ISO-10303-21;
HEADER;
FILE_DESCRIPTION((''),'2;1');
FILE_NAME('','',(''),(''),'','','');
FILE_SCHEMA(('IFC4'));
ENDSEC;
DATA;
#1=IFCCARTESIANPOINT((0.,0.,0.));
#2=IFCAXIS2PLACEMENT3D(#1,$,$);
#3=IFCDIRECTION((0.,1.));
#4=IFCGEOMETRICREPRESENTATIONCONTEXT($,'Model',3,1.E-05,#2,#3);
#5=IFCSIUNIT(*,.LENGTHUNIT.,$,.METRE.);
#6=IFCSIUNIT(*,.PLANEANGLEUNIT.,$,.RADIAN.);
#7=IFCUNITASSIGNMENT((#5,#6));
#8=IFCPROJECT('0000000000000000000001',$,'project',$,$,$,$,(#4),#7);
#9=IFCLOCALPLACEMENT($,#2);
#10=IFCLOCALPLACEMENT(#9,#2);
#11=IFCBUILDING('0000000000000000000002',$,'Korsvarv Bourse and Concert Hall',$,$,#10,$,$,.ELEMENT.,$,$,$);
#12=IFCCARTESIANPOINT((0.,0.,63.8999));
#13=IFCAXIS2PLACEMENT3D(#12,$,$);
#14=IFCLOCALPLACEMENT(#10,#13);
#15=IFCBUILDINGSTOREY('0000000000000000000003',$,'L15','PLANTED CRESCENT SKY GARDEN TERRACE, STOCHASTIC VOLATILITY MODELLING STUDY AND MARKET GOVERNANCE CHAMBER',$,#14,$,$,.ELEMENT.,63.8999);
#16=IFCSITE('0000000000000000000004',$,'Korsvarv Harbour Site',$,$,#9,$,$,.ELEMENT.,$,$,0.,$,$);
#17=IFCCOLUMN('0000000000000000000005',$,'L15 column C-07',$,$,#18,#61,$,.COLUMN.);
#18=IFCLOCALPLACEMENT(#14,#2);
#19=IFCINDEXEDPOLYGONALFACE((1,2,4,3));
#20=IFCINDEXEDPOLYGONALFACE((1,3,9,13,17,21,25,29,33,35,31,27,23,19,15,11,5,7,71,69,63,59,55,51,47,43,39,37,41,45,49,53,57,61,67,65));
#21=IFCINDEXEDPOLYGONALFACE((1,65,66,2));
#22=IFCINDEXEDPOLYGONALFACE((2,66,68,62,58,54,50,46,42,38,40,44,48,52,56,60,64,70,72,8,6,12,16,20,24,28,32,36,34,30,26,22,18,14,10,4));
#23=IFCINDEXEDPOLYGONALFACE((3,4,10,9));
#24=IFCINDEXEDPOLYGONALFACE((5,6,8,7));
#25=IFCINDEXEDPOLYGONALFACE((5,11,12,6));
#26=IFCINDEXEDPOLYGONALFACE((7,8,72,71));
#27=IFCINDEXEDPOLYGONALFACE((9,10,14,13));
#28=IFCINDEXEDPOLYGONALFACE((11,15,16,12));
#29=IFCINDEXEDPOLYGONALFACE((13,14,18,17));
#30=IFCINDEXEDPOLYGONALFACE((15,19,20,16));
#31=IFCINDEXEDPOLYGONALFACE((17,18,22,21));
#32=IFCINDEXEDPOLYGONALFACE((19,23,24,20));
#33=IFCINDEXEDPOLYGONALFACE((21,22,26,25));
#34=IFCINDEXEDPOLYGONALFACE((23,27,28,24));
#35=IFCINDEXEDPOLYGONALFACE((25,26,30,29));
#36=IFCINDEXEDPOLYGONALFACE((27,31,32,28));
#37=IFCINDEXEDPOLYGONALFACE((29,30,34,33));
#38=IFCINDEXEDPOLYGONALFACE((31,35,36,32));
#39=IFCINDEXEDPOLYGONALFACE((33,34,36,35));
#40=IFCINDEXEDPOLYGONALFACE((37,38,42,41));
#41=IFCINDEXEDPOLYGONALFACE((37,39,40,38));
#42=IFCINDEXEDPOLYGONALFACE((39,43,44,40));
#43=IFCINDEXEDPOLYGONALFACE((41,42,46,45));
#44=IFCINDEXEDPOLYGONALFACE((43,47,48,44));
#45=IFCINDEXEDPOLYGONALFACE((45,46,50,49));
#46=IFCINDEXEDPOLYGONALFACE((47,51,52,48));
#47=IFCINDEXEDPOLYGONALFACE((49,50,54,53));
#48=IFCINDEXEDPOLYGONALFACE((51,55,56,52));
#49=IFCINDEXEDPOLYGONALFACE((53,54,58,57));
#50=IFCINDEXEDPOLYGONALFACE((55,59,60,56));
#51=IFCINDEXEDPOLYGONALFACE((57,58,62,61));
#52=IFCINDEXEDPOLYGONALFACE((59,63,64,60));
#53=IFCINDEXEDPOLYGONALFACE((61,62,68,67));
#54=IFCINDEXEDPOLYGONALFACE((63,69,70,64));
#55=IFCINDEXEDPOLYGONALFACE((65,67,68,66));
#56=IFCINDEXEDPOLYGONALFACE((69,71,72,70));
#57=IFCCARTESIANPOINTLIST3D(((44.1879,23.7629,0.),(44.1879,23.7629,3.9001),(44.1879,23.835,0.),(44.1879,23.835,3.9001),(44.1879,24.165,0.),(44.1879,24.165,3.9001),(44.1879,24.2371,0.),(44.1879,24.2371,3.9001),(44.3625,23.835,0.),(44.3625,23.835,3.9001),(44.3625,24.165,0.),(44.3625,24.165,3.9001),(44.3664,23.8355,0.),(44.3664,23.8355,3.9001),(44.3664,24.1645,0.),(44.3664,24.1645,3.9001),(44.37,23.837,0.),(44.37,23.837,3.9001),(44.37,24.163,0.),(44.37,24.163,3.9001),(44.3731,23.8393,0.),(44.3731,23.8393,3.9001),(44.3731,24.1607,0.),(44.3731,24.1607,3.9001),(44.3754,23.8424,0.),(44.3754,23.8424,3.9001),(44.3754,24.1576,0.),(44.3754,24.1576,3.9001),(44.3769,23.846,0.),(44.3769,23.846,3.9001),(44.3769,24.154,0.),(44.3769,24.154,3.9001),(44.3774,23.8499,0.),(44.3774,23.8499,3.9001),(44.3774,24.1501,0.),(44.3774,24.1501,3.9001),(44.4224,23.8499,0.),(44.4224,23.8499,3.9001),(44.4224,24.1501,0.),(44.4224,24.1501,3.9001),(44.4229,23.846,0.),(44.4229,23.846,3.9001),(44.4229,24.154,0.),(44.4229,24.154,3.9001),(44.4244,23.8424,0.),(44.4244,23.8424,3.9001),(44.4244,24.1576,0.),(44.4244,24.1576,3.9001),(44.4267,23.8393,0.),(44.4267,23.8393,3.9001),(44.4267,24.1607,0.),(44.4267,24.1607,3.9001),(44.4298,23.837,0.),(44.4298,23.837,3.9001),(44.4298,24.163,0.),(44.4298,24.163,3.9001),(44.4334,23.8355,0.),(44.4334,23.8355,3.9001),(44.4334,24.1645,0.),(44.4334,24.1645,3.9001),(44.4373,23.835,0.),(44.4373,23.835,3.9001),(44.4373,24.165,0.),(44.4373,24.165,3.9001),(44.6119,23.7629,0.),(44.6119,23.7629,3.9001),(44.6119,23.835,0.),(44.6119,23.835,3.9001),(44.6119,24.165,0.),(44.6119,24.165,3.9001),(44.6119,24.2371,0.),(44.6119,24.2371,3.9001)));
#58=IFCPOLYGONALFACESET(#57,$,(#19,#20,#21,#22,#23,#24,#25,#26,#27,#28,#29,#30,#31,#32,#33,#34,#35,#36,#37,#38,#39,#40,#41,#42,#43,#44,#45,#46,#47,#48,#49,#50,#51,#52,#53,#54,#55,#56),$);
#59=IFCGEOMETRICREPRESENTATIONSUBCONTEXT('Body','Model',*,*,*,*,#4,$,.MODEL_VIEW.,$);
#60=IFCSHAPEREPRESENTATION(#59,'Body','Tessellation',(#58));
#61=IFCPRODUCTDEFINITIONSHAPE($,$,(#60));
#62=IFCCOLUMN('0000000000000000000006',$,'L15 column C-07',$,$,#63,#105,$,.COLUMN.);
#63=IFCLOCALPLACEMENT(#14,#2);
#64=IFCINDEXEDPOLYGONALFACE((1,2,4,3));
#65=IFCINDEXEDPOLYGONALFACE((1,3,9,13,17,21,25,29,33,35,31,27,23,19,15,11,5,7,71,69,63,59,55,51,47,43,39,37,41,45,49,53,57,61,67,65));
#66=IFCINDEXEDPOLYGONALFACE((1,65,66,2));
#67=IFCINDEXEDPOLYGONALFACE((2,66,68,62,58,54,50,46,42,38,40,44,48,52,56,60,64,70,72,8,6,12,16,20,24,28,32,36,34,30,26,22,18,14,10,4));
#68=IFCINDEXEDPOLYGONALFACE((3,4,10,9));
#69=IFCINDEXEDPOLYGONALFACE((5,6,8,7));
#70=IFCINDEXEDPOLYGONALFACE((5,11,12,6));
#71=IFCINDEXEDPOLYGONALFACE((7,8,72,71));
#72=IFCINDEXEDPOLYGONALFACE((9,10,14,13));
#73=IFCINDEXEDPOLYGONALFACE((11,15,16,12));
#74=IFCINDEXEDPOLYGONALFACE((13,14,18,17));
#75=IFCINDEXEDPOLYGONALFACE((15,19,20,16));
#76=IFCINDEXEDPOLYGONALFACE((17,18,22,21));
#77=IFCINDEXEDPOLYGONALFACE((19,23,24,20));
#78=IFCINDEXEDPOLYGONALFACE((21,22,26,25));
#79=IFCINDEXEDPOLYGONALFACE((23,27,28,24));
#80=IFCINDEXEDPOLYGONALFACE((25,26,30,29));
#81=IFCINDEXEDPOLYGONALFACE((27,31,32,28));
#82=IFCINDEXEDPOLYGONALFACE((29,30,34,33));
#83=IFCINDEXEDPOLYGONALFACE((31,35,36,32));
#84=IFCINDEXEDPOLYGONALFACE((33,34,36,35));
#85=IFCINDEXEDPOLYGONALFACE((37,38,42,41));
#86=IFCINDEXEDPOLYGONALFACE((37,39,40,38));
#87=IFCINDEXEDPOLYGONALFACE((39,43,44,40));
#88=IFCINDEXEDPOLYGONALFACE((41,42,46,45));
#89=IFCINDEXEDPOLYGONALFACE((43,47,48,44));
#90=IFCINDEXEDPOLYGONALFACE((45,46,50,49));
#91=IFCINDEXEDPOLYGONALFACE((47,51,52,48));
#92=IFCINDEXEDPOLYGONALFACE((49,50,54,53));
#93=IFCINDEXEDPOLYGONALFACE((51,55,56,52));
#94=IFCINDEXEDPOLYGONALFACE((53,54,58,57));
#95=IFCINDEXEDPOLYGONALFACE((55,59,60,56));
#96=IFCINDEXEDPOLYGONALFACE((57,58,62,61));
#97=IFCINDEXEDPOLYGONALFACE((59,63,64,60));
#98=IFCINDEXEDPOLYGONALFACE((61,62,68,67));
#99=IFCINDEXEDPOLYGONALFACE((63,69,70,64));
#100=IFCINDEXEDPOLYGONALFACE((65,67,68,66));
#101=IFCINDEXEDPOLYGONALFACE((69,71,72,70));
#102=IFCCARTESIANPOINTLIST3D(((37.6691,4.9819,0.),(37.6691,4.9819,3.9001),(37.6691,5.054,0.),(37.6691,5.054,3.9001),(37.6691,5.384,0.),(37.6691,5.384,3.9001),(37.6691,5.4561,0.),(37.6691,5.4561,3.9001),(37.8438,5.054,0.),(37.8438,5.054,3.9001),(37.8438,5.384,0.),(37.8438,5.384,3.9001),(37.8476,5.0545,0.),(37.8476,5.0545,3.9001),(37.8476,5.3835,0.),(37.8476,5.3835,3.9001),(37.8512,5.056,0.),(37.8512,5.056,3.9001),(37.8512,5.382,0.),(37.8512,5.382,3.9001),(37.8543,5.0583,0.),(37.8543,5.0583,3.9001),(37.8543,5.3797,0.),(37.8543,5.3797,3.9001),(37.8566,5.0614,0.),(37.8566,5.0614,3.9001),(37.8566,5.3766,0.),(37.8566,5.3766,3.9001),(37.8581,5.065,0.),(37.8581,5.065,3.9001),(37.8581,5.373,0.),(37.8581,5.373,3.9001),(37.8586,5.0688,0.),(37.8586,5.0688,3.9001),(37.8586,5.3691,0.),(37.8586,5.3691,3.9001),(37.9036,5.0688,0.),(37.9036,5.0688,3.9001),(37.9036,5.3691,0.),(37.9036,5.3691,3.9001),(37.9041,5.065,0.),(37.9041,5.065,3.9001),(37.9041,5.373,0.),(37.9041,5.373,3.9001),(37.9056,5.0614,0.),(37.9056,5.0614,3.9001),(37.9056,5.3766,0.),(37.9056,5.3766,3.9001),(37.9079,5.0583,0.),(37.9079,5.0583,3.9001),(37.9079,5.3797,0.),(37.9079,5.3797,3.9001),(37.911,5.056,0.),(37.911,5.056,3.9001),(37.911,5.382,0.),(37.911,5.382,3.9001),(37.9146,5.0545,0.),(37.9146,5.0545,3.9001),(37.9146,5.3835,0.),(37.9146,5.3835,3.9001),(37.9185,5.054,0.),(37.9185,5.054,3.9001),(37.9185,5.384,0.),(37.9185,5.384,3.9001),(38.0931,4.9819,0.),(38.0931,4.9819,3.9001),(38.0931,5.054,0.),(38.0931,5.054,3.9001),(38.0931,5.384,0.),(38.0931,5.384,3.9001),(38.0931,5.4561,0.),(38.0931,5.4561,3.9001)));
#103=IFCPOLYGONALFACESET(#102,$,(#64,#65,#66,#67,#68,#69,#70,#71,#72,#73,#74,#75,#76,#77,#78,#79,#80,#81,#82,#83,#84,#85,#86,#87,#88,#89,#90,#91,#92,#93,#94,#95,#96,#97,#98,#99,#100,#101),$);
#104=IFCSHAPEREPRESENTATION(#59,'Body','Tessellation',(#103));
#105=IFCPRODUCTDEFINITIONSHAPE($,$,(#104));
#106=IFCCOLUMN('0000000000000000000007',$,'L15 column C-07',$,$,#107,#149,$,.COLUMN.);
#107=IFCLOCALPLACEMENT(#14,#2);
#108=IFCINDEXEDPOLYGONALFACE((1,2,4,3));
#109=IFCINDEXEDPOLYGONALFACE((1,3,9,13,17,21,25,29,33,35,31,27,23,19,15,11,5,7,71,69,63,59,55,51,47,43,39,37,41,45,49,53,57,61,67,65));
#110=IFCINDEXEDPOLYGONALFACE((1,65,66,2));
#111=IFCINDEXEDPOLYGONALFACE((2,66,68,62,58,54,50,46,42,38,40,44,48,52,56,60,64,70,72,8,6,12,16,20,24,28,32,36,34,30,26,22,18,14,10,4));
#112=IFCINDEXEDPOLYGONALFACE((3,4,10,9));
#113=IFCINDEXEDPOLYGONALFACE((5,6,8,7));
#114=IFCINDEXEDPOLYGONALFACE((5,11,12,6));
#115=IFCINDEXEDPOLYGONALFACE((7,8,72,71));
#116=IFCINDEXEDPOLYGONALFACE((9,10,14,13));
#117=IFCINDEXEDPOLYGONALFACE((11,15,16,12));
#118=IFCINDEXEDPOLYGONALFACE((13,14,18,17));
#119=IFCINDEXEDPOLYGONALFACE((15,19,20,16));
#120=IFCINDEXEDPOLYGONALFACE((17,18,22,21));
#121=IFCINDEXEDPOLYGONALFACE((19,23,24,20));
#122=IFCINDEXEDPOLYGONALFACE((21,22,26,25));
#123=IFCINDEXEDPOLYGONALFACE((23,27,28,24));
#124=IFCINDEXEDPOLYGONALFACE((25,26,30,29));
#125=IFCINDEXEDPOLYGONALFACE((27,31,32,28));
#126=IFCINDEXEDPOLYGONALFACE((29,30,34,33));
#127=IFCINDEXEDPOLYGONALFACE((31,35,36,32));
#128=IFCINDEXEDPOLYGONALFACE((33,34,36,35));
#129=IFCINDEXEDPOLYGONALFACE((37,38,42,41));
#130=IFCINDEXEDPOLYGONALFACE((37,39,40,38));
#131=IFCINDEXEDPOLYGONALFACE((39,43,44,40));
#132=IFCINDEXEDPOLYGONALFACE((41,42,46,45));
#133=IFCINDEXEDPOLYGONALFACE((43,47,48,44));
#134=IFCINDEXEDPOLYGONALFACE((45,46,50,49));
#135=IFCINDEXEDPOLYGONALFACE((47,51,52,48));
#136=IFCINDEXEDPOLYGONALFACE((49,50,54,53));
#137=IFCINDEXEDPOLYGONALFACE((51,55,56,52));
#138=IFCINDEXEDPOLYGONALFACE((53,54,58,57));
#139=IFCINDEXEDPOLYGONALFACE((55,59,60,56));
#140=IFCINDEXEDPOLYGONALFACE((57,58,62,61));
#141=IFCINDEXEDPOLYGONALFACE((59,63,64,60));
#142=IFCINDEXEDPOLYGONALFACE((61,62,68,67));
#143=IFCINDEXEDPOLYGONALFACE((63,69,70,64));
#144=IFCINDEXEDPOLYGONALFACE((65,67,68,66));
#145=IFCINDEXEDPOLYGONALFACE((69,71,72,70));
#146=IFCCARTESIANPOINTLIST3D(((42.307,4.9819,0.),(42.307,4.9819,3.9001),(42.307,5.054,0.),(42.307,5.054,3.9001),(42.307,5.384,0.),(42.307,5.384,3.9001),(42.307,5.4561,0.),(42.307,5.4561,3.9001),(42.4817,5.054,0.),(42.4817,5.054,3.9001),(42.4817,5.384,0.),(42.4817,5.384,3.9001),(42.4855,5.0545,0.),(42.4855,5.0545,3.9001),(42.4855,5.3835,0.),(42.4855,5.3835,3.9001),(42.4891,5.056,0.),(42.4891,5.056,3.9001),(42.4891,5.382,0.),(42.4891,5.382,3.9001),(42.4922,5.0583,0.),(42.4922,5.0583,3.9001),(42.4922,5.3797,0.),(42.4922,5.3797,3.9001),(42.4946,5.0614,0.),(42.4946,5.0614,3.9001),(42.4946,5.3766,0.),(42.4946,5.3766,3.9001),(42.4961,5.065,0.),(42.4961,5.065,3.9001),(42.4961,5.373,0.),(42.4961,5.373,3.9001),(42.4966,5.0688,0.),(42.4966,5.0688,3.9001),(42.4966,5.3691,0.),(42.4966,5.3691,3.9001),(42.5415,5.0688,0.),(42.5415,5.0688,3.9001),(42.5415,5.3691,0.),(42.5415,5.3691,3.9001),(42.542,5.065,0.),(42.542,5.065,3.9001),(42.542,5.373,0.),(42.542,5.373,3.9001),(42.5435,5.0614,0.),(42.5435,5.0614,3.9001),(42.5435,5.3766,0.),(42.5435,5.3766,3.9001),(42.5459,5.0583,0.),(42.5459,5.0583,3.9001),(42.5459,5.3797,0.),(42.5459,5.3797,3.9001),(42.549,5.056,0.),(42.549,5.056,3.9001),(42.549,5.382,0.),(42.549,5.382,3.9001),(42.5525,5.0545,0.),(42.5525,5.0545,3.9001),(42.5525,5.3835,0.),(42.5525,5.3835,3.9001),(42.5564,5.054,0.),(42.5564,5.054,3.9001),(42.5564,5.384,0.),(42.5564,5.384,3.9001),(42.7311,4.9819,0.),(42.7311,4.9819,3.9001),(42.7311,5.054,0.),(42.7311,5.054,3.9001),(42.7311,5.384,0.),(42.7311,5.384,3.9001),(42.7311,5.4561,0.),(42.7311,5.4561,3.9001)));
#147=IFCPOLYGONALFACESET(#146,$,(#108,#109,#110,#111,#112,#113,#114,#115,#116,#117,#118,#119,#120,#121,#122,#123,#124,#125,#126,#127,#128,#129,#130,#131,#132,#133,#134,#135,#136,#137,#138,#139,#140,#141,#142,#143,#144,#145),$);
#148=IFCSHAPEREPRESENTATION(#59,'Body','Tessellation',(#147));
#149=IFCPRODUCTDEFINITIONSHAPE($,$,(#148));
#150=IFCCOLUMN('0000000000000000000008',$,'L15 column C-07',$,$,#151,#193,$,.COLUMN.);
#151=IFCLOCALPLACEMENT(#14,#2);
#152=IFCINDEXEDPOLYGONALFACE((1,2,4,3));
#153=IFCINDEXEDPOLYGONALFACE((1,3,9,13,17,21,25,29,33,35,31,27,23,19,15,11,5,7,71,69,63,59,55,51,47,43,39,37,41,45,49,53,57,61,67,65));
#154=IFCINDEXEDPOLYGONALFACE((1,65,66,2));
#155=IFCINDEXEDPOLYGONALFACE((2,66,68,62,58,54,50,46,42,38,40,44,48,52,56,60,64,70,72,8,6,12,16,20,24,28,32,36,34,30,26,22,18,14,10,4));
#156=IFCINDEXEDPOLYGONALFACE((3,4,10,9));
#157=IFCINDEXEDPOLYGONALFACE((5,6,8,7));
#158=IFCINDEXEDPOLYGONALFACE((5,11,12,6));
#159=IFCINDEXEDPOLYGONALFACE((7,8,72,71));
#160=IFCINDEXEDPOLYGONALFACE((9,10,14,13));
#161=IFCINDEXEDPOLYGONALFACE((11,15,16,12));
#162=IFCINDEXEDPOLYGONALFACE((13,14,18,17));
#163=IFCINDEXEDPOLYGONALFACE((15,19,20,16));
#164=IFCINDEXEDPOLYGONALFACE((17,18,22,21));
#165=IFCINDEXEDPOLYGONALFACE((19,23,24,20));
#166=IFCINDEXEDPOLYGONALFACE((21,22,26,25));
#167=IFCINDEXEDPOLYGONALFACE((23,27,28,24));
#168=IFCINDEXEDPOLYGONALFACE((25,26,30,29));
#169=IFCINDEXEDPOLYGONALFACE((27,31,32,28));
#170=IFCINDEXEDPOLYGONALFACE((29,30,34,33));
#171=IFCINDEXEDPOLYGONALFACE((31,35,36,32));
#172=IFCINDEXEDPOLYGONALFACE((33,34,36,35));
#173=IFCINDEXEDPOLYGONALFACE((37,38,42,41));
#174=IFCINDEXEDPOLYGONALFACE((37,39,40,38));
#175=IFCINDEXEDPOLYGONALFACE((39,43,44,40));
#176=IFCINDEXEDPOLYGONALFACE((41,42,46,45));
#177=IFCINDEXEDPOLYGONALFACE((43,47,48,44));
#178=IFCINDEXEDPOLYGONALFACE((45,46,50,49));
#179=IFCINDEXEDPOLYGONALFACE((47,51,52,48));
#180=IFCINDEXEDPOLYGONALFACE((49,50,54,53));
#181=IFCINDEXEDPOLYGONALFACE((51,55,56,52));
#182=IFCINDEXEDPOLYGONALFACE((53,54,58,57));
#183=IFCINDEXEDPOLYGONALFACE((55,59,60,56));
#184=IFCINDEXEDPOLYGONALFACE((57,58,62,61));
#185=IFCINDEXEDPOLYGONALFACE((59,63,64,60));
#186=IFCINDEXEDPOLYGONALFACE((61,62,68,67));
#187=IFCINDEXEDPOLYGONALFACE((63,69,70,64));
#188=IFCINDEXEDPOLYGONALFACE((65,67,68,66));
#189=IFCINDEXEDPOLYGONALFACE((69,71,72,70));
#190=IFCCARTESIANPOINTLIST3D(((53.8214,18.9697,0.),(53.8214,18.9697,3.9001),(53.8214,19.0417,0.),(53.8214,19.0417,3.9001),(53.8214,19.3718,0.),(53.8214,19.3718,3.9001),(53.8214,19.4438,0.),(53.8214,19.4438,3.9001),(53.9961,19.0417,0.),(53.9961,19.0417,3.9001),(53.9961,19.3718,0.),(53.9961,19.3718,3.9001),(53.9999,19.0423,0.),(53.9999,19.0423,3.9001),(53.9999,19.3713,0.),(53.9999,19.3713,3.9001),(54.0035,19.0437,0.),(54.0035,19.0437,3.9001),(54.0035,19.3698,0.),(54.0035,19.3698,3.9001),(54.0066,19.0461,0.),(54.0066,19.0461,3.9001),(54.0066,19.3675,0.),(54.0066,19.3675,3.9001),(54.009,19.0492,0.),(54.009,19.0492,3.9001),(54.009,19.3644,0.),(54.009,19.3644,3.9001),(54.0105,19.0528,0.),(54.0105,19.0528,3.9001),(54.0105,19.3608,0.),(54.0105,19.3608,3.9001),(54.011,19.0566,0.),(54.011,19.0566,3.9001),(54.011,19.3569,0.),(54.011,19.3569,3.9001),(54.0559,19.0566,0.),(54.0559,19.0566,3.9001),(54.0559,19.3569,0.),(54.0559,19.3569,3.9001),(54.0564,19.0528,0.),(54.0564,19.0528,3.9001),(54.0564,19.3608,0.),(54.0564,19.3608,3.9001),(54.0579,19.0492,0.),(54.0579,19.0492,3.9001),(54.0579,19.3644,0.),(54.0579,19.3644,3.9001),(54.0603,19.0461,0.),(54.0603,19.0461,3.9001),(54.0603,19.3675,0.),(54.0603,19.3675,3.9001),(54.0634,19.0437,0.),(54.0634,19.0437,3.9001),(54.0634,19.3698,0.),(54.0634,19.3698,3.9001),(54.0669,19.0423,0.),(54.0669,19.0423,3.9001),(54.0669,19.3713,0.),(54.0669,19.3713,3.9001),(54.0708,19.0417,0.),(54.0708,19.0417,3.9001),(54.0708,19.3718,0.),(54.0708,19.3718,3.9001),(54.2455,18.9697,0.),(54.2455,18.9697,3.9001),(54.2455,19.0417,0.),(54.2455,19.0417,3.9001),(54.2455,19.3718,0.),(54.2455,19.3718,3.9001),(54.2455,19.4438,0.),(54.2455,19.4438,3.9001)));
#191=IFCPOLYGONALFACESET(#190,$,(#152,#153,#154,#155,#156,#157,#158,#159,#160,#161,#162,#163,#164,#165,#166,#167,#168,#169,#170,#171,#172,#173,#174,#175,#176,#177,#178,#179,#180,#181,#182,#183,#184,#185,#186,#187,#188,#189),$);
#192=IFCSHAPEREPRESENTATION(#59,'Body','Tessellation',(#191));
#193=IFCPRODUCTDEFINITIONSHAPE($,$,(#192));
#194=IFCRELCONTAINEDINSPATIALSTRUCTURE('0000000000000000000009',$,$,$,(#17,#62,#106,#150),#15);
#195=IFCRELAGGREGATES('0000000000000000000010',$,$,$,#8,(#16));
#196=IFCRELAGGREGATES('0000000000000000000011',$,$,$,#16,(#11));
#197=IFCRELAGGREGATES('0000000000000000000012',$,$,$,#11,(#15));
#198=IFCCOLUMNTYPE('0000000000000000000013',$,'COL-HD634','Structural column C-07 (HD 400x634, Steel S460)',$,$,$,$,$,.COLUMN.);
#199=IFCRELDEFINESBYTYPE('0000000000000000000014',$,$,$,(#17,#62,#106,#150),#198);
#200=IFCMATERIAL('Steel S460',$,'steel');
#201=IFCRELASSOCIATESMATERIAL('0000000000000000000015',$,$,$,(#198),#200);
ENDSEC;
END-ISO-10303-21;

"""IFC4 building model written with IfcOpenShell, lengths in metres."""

from ifc_helpers import new_model, si_unit, direction, frame, origin, origin_2d, place, context, subcontext, project, spatial, i_section, extrude, source, transform, mapped, material, material_profile, profile_set, type_object, element, save


model = new_model("IFC4")

# Units and contexts
model_context = context("Model", 3, precision=1e-05, world=origin(), true_north=direction((0.0, 1.0)))
body_context = subcontext(model_context, "Body", "Model", "MODEL_VIEW")
ifc_project = project(units=[si_unit("LENGTHUNIT", "METRE"), si_unit("PLANEANGLEUNIT", "RADIAN")], contexts=[model_context])

# Site, building, storey
site_placement = place(None, origin())
site = spatial("IfcSite", under=ifc_project, at=site_placement, Name="Korsvarv Harbour Site", CompositionType="ELEMENT", RefElevation=0.0)
building_placement = place(site_placement, origin())
building = spatial("IfcBuilding", under=site, at=building_placement, Name="Korsvarv Bourse and Concert Hall", CompositionType="ELEMENT")
storey_placement = place(building_placement, frame((0.0, 0.0, 63.8999)))
storey = spatial("IfcBuildingStorey", under=building, at=storey_placement, Name="L15", Description="PLANTED CRESCENT SKY GARDEN TERRACE, STOCHASTIC VOLATILITY MODELLING STUDY AND MARKET GOVERNANCE CHAMBER", CompositionType="ELEMENT", Elevation=63.8999)

# Columns
ifc_material_1 = material(Name="Steel S460", Category="steel")
ifc_material_profile_1 = material_profile(ifc_material_1, i_section(OverallWidth=0.4241, OverallDepth=0.4741, WebThickness=0.0449, FlangeThickness=0.072, FilletRadius=0.0149, at=origin_2d()), Name="HD 400x634")
ifc_profile_set_1 = profile_set([ifc_material_profile_1], Name="Steel S460")
column_type = type_object("IfcColumnType", Name="COL-HD634", Description="Structural column C-07 (HD 400x634, Steel S460)", PredefinedType="COLUMN", material=ifc_profile_set_1)
shared_shape_1 = source(origin(), body_context, "Body", "SweptSolid", [
    extrude(i_section(OverallWidth=0.4241, OverallDepth=0.4741, WebThickness=0.0449, FlangeThickness=0.072, FilletRadius=0.0149, at=origin_2d()), origin(), (0.0, 0.0, 1.0), 3.9001),
])
for number, where, z_axis, x_axis, name in (
    (1, (44.3999, 24.0, 0.0), (0.0, 0.0, 1.0), (1.0, 0.0, 0.0), "L15 column C-07"),
    (2, (37.8811, 5.219, 0.0), (0.0, 0.0, 1.0), (1.0, 0.0, 0.0), "L15 column C-07"),
    (3, (42.519, 5.219, 0.0), (0.0, 0.0, 1.0), (1.0, 0.0, 0.0), "L15 column C-07"),
    (4, (54.0334, 19.2068, 0.0), (0.0, 0.0, 1.0), (1.0, 0.0, 0.0), "L15 column C-07"),
):
    element("IfcColumn", number, at=place(storey_placement, frame(where, z_axis=z_axis, x_axis=x_axis)), inside=storey, type_object=column_type, Name=name, PredefinedType="COLUMN", context=body_context, shape_type="MappedRepresentation", body=[
        mapped(shared_shape_1, transform((0.0, 0.0, 0.0), scale=1.0)),
    ])

save(model, "model.ifc")
